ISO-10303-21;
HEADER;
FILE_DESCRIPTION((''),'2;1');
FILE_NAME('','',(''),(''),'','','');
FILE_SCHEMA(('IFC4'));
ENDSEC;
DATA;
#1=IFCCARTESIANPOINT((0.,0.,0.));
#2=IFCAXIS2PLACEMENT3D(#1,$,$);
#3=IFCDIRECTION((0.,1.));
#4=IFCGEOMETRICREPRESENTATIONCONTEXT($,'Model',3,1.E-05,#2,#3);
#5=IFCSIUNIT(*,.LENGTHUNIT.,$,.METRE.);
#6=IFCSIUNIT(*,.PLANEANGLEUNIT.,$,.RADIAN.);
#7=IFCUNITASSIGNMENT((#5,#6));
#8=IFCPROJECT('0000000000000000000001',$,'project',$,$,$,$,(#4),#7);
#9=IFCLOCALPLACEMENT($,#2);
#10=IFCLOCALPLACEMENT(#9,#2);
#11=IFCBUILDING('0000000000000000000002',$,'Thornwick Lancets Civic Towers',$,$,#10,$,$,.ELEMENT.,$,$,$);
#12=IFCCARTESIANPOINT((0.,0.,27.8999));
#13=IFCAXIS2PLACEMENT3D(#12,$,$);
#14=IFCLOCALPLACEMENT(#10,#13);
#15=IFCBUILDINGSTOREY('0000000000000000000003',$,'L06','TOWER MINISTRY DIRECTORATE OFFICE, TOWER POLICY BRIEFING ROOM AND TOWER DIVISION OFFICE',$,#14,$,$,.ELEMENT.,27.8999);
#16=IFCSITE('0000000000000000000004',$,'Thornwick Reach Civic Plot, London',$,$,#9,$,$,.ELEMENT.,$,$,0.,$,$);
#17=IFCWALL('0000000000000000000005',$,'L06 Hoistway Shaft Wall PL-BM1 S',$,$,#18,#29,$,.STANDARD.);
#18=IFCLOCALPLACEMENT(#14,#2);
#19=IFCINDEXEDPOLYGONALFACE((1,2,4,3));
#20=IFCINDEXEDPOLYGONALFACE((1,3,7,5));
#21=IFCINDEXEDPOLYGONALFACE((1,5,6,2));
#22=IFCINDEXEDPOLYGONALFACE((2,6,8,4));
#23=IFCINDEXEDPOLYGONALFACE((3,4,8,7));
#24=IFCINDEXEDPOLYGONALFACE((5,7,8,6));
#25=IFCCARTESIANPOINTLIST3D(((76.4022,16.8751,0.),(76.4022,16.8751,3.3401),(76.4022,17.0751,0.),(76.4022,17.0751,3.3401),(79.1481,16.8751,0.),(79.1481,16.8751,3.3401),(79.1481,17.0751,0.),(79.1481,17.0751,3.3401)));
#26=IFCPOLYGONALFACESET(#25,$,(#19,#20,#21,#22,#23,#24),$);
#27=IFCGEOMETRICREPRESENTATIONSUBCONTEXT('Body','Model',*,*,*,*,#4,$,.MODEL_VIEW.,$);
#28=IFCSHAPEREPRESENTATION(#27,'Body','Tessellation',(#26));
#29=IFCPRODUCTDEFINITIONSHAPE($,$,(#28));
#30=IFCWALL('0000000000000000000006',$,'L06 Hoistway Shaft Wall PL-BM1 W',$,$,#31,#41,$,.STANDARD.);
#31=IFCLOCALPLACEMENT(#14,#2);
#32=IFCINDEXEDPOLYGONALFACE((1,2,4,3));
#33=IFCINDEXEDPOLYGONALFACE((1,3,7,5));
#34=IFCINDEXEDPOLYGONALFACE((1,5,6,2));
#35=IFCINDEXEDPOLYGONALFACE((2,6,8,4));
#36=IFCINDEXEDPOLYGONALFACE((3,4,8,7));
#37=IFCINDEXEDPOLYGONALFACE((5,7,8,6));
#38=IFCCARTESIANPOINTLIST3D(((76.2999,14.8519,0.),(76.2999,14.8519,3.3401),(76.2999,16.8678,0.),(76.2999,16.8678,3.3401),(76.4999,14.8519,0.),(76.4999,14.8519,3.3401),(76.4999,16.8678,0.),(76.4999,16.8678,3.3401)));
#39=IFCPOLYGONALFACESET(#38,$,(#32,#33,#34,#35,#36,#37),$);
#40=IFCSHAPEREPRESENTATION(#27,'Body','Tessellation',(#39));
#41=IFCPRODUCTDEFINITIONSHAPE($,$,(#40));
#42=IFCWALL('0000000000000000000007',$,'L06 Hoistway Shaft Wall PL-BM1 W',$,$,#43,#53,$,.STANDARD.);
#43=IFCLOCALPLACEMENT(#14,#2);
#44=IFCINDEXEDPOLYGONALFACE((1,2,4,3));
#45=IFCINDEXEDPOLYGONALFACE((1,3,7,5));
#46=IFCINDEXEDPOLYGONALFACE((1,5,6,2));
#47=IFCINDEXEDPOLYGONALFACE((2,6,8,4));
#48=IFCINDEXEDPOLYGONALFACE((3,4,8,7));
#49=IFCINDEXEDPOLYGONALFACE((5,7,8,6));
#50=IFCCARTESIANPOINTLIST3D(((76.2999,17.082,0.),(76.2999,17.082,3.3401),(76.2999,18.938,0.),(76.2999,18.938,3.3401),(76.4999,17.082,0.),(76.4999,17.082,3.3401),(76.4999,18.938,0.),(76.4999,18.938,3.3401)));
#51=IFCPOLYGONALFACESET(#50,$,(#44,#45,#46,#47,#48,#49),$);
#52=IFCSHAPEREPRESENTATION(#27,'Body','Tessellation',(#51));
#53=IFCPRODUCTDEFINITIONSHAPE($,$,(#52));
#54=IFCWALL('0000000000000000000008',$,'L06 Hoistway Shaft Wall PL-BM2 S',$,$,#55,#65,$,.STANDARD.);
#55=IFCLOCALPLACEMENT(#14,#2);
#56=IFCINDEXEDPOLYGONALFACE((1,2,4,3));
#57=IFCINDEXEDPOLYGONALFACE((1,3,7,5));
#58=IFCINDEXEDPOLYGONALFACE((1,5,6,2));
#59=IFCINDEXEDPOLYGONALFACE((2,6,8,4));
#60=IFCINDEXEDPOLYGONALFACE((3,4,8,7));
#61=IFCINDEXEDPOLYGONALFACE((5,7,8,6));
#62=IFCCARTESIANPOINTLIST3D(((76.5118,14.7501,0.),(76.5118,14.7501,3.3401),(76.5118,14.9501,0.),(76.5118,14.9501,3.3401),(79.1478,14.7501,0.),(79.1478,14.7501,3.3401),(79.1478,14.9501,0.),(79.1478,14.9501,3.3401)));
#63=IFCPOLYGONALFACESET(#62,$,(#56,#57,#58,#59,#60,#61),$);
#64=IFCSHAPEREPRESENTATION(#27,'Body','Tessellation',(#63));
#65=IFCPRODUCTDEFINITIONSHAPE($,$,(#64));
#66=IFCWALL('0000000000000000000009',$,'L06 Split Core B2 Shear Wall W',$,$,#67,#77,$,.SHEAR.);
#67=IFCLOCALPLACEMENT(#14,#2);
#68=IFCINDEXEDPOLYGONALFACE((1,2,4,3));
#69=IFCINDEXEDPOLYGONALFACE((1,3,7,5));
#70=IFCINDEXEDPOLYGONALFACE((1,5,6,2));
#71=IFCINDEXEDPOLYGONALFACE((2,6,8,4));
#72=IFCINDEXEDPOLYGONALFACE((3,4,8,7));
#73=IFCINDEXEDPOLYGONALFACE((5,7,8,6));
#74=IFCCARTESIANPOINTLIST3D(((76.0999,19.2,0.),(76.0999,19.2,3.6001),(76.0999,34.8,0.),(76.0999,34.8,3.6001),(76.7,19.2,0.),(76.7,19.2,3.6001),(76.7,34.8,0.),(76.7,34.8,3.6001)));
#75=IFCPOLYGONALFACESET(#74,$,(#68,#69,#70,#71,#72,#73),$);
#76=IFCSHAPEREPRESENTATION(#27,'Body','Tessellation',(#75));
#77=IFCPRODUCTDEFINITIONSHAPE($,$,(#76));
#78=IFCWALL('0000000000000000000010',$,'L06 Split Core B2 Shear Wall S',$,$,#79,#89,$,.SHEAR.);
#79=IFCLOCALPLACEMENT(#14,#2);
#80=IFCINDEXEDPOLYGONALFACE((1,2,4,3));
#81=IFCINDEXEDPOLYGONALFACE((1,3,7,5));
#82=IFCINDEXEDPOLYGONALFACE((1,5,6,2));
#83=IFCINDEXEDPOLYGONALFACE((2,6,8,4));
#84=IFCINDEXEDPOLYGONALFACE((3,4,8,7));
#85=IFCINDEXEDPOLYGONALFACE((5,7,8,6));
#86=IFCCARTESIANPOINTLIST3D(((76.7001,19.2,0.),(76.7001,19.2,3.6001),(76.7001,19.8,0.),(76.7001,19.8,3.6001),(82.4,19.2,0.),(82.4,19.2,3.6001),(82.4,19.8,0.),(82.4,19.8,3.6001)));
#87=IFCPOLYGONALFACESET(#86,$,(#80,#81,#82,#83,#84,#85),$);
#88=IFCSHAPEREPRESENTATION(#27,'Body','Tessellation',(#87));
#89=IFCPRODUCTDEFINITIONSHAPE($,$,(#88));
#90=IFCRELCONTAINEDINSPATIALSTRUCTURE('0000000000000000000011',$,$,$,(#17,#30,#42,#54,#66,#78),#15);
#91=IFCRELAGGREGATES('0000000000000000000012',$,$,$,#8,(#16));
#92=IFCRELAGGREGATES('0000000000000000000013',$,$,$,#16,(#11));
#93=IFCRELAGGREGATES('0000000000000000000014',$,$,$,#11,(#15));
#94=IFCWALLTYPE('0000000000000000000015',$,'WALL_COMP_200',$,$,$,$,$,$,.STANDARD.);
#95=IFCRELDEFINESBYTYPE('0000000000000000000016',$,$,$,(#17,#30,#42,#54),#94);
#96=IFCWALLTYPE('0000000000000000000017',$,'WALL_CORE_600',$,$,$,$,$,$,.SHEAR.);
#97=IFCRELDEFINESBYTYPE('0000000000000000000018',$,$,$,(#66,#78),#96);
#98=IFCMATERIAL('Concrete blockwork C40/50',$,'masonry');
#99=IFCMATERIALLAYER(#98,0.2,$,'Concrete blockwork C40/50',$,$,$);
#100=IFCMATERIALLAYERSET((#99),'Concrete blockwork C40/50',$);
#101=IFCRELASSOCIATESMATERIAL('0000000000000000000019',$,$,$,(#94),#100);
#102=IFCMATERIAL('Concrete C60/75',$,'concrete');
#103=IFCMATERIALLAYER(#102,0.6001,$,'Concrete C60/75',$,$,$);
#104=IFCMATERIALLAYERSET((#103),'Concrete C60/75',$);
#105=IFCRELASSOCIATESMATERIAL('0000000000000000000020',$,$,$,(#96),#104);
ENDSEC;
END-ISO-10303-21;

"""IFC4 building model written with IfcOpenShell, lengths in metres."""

from ifc_helpers import new_model, si_unit, direction, frame, frame_2d, origin, place, context, subcontext, project, spatial, rectangle, extrude, material, layer, layer_set, type_object, element, save


model = new_model("IFC4")

# Units and contexts
model_context = context("Model", 3, precision=1e-05, world=origin(), true_north=direction((0.0, 1.0)))
body_context = subcontext(model_context, "Body", "Model", "MODEL_VIEW")
ifc_project = project(units=[si_unit("LENGTHUNIT", "METRE"), si_unit("PLANEANGLEUNIT", "RADIAN")], contexts=[model_context])

# Site, building, storey
site_placement = place(None, origin())
site = spatial("IfcSite", under=ifc_project, at=site_placement, Name="Thornwick Reach Civic Plot, London", CompositionType="ELEMENT", RefElevation=0.0)
building_placement = place(site_placement, origin())
building = spatial("IfcBuilding", under=site, at=building_placement, Name="Thornwick Lancets Civic Towers", CompositionType="ELEMENT")
storey_placement = place(building_placement, frame((0.0, 0.0, 27.8999)))
storey = spatial("IfcBuildingStorey", under=building, at=storey_placement, Name="L06", Description="TOWER MINISTRY DIRECTORATE OFFICE, TOWER POLICY BRIEFING ROOM AND TOWER DIVISION OFFICE", CompositionType="ELEMENT", Elevation=27.8999)

# Shared definitions
ifc_material_1 = material(Name="Concrete C60/75", Category="concrete")

# Walls
ifc_material_2 = material(Name="Concrete blockwork C40/50", Category="masonry")
ifc_layer_1 = layer(ifc_material_2, 0.2, Name="Concrete blockwork C40/50")
ifc_layer_set_1 = layer_set([ifc_layer_1], Name="Concrete blockwork C40/50")
wall_type_1 = type_object("IfcWallType", Name="WALL_COMP_200", PredefinedType="STANDARD", material=ifc_layer_set_1)
wall_1_placement = place(storey_placement, frame((76.4021, 16.9751, 0.0), z_axis=(0.0, 0.0, 1.0), x_axis=(1.0, 0.0, 0.0)))
element("IfcWall", 1, at=wall_1_placement, inside=storey, type_object=wall_type_1, Name="L06 Hoistway Shaft Wall PL-BM1 S", PredefinedType="STANDARD", context=body_context, shape_type="SweptSolid", body=[
    extrude(rectangle(XDim=2.7458, YDim=0.2, at=frame_2d((1.373, 0.0))), origin(), (0.0, 0.0, 1.0), 3.3401),
])
wall_2_placement = place(storey_placement, frame((76.3999, 14.8521, 0.0), z_axis=(0.0, 0.0, 1.0), x_axis=(0.0, 1.0, 0.0)))
element("IfcWall", 2, at=wall_2_placement, inside=storey, type_object=wall_type_1, Name="L06 Hoistway Shaft Wall PL-BM1 W", PredefinedType="STANDARD", context=body_context, shape_type="SweptSolid", body=[
    extrude(rectangle(XDim=2.0159, YDim=0.2, at=frame_2d((1.0078, 0.0))), origin(), (0.0, 0.0, 1.0), 3.3401),
])
wall_3_placement = place(storey_placement, frame((76.3999, 17.082, 0.0), z_axis=(0.0, 0.0, 1.0), x_axis=(0.0, 1.0, 0.0)))
element("IfcWall", 3, at=wall_3_placement, inside=storey, type_object=wall_type_1, Name="L06 Hoistway Shaft Wall PL-BM1 W", PredefinedType="STANDARD", context=body_context, shape_type="SweptSolid", body=[
    extrude(rectangle(XDim=1.856, YDim=0.2, at=frame_2d((0.928, 0.0))), origin(), (0.0, 0.0, 1.0), 3.3401),
])
wall_4_placement = place(storey_placement, frame((76.512, 14.8501, 0.0), z_axis=(0.0, 0.0, 1.0), x_axis=(1.0, 0.0, 0.0)))
element("IfcWall", 4, at=wall_4_placement, inside=storey, type_object=wall_type_1, Name="L06 Hoistway Shaft Wall PL-BM2 S", PredefinedType="STANDARD", context=body_context, shape_type="SweptSolid", body=[
    extrude(rectangle(XDim=2.636, YDim=0.2, at=frame_2d((1.3179, 0.0))), origin(), (0.0, 0.0, 1.0), 3.3401),
])
ifc_layer_2 = layer(ifc_material_1, 0.6001, Name="Concrete C60/75")
ifc_layer_set_2 = layer_set([ifc_layer_2], Name="Concrete C60/75")
wall_type_2 = type_object("IfcWallType", Name="WALL_CORE_600", PredefinedType="SHEAR", material=ifc_layer_set_2)
wall_5_placement = place(storey_placement, frame((76.3999, 19.2, 0.0), z_axis=(0.0, 0.0, 1.0), x_axis=(0.0, 1.0, 0.0)))
element("IfcWall", 5, at=wall_5_placement, inside=storey, type_object=wall_type_2, Name="L06 Split Core B2 Shear Wall W", PredefinedType="SHEAR", context=body_context, shape_type="SweptSolid", body=[
    extrude(rectangle(XDim=15.6001, YDim=0.6001, at=frame_2d((7.8, 0.0))), origin(), (0.0, 0.0, 1.0), 3.6001),
])
wall_6_placement = place(storey_placement, frame((76.7, 19.5, 0.0), z_axis=(0.0, 0.0, 1.0), x_axis=(1.0, 0.0, 0.0)))
element("IfcWall", 6, at=wall_6_placement, inside=storey, type_object=wall_type_2, Name="L06 Split Core B2 Shear Wall S", PredefinedType="SHEAR", context=body_context, shape_type="SweptSolid", body=[
    extrude(rectangle(XDim=5.7, YDim=0.6001, at=frame_2d((2.8501, 0.0))), origin(), (0.0, 0.0, 1.0), 3.6001),
])

save(model, "model.ifc")
